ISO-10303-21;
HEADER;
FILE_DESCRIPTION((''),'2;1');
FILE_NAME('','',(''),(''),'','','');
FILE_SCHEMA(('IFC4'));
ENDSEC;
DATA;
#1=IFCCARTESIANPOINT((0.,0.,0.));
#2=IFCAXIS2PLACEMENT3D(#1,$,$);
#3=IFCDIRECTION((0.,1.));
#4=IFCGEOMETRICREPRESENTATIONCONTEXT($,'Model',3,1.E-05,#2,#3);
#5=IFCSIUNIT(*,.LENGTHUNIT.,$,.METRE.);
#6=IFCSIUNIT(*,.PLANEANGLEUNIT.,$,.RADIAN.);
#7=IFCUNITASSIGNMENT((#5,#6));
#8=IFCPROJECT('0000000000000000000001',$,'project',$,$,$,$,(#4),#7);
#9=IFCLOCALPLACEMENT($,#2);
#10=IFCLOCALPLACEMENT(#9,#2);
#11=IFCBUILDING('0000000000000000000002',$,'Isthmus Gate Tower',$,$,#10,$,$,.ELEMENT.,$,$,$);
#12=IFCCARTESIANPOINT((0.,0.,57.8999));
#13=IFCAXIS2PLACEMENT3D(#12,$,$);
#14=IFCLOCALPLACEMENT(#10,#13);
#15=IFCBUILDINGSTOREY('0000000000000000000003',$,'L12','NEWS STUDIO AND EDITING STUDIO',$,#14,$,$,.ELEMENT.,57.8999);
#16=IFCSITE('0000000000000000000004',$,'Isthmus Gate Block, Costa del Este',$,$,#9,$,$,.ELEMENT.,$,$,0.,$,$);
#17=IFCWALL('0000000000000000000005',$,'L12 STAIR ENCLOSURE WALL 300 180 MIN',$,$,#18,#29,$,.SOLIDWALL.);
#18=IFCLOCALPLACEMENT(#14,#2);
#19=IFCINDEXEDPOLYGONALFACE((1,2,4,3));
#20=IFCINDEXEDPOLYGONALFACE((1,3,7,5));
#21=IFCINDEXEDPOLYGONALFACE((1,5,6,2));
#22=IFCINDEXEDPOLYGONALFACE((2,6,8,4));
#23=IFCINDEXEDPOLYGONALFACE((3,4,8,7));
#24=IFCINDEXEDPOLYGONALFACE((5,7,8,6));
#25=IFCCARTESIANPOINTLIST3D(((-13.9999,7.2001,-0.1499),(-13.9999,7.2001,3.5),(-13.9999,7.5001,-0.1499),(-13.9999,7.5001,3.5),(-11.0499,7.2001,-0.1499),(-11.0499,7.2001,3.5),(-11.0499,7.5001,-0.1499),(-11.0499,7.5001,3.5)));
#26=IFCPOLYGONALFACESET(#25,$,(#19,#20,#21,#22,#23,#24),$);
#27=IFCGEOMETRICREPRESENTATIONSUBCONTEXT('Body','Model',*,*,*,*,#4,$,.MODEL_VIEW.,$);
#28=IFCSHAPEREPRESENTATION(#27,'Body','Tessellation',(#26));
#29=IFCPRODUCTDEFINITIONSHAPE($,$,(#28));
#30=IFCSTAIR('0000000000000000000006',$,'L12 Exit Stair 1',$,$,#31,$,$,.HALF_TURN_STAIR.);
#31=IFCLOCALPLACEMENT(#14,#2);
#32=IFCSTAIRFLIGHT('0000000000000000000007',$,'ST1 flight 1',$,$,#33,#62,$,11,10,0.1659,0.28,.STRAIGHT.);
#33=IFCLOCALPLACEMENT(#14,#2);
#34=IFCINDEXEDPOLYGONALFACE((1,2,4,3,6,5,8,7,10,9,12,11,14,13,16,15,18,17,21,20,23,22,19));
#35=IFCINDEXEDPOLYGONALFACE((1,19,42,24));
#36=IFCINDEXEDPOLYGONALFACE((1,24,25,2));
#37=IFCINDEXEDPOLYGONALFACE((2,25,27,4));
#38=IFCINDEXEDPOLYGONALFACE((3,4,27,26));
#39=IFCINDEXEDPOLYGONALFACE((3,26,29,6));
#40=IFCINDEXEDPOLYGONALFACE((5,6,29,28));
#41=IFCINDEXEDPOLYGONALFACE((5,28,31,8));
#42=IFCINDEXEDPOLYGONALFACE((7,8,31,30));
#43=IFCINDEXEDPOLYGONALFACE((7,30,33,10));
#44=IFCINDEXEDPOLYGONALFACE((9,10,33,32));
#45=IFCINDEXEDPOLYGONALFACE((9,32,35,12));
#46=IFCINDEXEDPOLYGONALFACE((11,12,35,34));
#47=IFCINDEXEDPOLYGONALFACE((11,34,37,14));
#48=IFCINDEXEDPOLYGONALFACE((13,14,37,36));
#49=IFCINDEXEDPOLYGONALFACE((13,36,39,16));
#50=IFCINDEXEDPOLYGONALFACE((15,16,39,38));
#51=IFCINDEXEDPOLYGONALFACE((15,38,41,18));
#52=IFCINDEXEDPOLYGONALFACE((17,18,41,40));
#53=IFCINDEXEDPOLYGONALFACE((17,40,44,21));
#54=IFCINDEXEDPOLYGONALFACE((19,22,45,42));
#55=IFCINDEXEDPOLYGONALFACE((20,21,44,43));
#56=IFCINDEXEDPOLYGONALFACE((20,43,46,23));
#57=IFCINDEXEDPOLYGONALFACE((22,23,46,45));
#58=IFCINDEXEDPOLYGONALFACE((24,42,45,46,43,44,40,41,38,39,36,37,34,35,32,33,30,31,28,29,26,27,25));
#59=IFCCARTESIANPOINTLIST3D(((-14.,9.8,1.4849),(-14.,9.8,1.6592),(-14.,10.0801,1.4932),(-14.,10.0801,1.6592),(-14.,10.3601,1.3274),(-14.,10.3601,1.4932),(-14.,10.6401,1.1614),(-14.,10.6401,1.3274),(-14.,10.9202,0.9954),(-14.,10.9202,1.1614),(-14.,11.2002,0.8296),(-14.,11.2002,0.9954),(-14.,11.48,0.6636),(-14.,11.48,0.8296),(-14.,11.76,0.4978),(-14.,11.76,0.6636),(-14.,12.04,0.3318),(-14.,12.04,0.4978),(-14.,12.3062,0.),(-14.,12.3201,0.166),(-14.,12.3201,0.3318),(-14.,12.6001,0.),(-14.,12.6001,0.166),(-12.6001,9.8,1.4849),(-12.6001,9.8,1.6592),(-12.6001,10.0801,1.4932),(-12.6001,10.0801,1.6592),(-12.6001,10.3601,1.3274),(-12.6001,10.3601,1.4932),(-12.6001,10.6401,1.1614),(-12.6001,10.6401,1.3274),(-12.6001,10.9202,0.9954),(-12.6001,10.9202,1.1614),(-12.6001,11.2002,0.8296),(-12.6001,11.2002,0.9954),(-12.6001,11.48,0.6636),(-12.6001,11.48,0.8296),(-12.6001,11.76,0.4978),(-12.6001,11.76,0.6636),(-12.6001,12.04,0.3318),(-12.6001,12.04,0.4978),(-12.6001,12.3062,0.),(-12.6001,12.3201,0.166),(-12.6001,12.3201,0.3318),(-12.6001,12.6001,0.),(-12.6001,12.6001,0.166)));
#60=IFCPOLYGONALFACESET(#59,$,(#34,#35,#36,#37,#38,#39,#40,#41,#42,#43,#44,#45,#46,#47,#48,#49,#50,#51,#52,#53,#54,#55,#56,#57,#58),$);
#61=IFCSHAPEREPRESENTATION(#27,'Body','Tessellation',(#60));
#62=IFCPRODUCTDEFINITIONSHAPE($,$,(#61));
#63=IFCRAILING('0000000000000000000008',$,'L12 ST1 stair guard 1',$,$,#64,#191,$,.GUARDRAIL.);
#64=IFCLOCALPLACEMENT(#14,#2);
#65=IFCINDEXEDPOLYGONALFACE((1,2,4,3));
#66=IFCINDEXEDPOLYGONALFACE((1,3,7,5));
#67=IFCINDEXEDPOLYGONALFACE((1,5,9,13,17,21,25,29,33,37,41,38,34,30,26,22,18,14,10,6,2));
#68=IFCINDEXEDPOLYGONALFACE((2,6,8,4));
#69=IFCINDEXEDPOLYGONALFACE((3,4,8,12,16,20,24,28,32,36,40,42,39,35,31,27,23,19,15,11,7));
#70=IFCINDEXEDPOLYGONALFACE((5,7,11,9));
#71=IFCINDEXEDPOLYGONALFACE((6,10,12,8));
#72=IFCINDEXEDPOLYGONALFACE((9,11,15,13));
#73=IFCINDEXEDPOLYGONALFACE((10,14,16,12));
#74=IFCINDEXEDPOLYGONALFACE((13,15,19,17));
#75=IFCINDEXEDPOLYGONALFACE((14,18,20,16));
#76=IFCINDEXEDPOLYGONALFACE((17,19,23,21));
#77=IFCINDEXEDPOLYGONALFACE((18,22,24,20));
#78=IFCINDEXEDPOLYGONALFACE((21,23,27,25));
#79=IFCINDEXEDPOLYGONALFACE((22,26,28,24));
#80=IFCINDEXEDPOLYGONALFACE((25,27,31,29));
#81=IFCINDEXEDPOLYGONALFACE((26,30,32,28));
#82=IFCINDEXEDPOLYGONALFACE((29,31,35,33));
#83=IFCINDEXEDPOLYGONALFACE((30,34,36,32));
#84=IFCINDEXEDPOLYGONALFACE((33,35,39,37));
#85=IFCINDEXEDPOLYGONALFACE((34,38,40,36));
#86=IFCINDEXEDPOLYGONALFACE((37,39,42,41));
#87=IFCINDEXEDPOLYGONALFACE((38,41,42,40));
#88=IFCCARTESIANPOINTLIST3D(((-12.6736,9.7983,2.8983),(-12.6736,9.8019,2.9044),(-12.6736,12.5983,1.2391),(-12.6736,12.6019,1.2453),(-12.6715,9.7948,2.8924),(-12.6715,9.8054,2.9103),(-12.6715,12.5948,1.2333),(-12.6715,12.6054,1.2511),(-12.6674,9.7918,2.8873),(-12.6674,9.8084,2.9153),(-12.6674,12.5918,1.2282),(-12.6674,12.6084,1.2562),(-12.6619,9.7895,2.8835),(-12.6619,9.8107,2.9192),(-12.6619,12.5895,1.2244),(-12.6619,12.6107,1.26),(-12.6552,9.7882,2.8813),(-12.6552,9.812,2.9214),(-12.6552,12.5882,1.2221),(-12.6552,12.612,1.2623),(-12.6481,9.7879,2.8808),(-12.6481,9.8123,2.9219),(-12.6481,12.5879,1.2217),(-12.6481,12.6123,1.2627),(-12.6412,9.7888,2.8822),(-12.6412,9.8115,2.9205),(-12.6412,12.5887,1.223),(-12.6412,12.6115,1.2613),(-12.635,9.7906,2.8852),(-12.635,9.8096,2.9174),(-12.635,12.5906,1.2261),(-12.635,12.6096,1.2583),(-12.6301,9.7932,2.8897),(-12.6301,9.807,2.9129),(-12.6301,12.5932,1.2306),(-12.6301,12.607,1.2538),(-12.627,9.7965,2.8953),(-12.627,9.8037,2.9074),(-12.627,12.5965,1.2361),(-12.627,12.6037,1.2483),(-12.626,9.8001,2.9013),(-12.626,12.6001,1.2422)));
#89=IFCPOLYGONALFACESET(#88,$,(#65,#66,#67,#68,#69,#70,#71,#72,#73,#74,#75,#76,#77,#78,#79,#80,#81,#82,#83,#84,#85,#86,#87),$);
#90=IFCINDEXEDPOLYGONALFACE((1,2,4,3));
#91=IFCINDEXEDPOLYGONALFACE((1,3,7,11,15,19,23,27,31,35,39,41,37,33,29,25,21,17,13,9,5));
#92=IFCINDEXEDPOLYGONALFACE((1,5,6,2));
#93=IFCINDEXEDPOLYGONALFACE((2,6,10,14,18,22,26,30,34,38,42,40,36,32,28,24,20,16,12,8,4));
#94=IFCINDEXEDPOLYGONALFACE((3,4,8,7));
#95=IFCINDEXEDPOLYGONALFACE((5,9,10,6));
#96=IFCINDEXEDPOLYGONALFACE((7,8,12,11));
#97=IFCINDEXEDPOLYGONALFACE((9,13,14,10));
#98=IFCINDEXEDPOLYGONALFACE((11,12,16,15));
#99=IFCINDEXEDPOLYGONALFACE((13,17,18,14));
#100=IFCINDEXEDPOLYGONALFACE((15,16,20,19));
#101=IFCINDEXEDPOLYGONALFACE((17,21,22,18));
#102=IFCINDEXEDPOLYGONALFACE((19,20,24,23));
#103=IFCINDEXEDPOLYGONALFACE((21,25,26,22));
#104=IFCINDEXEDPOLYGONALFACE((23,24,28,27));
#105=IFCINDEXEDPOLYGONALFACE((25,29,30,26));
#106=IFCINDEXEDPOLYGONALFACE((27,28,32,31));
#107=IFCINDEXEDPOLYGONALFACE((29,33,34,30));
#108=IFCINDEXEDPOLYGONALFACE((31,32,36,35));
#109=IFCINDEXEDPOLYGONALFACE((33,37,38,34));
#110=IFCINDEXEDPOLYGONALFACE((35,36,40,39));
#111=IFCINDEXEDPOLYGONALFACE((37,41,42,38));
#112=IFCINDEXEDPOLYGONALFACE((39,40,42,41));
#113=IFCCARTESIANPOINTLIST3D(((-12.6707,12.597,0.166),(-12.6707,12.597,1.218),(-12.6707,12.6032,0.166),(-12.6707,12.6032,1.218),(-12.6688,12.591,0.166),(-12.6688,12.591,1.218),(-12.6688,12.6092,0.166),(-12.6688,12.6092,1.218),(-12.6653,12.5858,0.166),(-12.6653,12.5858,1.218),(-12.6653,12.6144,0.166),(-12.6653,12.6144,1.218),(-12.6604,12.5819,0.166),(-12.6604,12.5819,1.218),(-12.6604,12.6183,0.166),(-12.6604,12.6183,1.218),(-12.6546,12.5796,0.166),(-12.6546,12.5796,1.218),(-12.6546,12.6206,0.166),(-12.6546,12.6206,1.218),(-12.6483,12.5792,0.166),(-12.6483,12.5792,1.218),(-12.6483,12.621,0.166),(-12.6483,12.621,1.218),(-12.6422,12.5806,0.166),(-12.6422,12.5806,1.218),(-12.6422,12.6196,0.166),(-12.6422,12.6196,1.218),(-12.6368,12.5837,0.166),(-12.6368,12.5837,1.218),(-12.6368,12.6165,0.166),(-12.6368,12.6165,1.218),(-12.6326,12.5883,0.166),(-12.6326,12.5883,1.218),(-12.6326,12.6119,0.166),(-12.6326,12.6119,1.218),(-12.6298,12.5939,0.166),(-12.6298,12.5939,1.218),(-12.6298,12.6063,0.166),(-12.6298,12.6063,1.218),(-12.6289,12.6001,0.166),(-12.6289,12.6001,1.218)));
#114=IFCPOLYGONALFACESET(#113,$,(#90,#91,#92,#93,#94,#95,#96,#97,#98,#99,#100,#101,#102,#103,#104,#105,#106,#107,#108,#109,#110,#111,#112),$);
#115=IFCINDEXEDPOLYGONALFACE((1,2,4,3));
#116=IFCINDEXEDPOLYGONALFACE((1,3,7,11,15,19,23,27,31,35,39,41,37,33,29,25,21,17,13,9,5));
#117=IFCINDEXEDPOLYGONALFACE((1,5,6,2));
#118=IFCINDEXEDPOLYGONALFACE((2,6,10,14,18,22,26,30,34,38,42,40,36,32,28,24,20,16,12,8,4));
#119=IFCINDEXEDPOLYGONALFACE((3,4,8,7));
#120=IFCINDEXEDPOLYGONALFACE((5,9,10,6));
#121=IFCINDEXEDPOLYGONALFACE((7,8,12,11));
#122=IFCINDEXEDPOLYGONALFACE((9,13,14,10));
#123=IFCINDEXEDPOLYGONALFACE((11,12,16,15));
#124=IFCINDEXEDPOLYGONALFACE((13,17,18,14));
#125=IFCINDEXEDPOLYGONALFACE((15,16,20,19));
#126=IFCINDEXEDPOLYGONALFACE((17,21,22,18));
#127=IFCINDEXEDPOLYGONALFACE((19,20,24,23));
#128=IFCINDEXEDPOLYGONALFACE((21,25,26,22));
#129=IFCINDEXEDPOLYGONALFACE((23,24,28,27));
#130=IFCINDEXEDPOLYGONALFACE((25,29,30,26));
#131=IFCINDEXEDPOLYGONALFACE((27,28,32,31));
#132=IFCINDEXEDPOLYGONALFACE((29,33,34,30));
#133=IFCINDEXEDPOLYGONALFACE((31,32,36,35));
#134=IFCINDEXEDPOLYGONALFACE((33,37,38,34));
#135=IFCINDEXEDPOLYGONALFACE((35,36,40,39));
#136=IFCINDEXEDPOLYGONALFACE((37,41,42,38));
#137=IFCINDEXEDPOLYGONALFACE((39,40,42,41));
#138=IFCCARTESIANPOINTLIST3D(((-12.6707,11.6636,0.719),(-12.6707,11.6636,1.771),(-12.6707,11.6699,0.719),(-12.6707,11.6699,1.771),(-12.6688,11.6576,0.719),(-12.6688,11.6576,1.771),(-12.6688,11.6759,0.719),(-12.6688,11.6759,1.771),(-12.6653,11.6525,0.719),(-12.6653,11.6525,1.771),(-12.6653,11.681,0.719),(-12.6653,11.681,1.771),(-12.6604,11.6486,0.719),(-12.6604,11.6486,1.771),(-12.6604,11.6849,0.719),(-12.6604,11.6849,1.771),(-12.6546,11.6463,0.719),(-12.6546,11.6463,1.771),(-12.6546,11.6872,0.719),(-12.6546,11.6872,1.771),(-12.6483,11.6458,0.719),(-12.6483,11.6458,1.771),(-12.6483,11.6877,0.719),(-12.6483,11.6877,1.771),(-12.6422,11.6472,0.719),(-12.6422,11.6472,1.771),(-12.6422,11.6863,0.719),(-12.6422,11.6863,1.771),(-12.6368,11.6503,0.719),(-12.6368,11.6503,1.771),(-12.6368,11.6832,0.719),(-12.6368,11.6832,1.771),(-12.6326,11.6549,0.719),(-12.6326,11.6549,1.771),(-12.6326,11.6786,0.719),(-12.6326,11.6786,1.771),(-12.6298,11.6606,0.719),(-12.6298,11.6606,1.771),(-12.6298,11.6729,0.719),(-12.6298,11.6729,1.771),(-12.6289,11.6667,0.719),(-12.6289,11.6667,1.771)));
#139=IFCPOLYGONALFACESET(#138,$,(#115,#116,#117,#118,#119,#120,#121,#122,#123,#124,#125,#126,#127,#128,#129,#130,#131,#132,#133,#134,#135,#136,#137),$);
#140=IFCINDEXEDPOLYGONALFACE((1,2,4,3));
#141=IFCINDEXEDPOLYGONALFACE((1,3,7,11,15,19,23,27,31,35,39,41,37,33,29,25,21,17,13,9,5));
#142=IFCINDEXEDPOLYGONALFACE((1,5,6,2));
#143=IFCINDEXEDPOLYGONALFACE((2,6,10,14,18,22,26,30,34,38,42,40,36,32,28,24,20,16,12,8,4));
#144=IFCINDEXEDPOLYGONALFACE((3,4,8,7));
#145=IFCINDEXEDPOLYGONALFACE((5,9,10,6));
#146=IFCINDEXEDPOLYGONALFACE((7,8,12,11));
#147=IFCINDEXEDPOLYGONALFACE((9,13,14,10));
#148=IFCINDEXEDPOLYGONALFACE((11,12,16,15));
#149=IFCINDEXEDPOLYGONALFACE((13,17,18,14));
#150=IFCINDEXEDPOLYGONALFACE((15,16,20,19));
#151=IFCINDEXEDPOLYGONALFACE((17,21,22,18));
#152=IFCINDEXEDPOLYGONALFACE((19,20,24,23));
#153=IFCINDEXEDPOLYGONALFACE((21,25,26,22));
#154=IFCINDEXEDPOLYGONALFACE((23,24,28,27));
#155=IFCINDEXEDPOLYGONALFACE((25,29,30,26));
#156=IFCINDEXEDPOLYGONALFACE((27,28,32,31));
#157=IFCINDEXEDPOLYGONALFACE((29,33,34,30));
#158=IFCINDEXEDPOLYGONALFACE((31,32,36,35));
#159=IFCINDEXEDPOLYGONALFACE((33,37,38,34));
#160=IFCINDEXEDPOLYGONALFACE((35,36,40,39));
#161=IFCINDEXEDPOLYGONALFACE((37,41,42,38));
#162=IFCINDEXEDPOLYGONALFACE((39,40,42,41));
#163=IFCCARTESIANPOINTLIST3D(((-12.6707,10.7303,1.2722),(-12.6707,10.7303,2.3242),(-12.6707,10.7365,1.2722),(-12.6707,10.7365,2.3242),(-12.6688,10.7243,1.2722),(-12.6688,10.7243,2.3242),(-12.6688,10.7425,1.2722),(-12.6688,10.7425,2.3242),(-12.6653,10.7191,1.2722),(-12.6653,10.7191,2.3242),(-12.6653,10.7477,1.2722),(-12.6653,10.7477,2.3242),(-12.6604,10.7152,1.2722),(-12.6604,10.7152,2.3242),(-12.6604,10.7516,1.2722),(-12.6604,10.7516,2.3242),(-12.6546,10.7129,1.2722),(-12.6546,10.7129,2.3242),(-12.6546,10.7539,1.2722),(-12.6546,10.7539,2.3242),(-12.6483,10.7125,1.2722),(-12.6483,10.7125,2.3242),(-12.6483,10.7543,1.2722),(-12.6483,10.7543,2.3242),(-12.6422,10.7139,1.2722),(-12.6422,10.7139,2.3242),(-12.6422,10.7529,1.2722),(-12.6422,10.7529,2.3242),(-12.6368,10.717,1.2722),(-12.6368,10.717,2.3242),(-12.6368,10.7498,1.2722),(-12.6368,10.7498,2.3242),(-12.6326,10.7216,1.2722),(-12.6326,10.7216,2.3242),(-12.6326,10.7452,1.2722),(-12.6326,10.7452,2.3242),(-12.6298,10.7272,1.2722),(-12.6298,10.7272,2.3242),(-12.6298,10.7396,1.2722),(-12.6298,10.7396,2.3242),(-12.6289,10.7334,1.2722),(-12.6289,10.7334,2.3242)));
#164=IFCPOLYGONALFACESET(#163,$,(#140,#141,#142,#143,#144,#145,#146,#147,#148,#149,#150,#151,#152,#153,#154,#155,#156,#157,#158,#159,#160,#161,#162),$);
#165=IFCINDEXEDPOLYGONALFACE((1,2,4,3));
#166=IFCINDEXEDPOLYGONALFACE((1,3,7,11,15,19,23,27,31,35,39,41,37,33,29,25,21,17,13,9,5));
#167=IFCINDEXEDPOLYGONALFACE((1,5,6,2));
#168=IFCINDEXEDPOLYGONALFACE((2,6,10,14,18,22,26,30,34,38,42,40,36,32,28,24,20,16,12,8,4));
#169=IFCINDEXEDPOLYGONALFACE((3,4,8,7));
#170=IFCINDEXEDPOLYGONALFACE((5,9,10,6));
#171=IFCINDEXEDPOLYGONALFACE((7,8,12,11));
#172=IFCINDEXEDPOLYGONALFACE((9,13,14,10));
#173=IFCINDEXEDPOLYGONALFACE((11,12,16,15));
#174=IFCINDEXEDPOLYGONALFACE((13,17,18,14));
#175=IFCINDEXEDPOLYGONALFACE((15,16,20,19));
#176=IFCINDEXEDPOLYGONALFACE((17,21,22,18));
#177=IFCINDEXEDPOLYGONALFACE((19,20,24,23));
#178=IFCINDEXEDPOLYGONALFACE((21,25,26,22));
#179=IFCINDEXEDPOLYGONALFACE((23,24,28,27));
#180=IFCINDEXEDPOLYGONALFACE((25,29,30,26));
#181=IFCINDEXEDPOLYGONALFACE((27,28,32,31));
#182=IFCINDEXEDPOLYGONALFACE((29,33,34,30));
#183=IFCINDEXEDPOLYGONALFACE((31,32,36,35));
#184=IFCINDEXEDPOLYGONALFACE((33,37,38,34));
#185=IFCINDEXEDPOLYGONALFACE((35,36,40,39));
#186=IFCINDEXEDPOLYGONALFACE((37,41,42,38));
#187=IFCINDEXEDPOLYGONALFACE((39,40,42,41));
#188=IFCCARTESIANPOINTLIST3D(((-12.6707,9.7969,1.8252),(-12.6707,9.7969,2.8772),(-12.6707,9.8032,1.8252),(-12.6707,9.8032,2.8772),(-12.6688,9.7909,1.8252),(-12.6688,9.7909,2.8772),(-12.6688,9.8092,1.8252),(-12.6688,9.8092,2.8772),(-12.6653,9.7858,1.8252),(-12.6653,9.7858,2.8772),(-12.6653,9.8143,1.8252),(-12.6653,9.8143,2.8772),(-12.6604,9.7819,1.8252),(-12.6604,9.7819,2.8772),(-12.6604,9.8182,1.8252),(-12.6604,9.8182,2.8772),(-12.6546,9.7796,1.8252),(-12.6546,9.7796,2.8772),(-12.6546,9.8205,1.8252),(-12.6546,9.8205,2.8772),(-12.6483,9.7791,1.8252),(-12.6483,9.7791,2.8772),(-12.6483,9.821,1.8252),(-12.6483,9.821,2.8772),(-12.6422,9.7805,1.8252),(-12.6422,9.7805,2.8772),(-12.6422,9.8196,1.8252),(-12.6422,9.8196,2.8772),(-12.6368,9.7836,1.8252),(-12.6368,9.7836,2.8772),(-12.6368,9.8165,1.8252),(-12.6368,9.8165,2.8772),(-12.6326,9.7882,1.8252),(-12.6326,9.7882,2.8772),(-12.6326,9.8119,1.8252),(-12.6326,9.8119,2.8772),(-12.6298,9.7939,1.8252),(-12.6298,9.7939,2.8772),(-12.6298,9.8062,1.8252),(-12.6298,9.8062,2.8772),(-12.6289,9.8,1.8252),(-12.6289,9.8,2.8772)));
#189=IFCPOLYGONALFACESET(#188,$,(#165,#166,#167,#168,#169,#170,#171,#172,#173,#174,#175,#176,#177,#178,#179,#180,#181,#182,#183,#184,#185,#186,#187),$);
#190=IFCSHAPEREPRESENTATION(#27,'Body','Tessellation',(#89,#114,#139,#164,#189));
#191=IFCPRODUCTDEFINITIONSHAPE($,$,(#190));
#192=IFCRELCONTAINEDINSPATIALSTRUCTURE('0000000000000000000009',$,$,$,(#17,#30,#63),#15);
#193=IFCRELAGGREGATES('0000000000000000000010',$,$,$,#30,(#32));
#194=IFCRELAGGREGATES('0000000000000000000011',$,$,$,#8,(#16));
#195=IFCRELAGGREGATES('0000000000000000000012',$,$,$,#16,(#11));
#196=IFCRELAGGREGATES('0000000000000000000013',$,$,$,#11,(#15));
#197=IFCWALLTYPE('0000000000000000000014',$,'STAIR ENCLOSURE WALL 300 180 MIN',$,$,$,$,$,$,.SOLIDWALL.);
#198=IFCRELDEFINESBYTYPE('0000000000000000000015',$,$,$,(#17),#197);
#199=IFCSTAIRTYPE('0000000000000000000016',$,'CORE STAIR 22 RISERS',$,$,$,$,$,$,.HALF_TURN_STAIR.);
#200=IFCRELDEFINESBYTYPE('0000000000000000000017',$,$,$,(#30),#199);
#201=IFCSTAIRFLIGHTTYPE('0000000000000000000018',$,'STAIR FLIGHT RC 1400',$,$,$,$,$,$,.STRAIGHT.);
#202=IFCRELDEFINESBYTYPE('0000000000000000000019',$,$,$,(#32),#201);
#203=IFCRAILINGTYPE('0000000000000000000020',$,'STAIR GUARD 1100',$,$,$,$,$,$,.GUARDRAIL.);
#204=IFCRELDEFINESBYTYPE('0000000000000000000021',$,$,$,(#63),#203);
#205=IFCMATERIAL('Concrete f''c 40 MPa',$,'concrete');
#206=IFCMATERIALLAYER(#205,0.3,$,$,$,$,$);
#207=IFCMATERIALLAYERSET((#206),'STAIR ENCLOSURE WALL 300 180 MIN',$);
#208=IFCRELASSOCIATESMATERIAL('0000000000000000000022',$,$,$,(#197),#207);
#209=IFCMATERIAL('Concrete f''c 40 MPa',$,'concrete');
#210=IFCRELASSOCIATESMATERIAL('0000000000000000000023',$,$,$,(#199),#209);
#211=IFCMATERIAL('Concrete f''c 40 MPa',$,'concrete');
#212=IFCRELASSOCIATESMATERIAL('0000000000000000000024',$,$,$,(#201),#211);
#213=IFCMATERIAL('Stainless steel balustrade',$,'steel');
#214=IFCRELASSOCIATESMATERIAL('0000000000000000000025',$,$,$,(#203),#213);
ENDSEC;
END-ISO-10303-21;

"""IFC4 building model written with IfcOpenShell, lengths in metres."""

from ifc_helpers import new_model, si_unit, direction, frame, frame_2d, origin, origin_2d, place, context, subcontext, project, spatial, polyline, rectangle, circle, outline, extrude, material, layer, layer_set, type_object, element, aggregate, save


model = new_model("IFC4")

# Units and contexts
model_context = context("Model", 3, precision=1e-05, world=origin(), true_north=direction((0.0, 1.0)))
body_context = subcontext(model_context, "Body", "Model", "MODEL_VIEW")
ifc_project = project(units=[si_unit("LENGTHUNIT", "METRE"), si_unit("PLANEANGLEUNIT", "RADIAN")], contexts=[model_context])

# Site, building, storey
site_placement = place(None, origin())
site = spatial("IfcSite", under=ifc_project, at=site_placement, Name="Isthmus Gate Block, Costa del Este", CompositionType="ELEMENT", RefElevation=0.0)
building_placement = place(site_placement, origin())
building = spatial("IfcBuilding", under=site, at=building_placement, Name="Isthmus Gate Tower", CompositionType="ELEMENT")
storey_placement = place(building_placement, frame((0.0, 0.0, 57.8999)))
storey = spatial("IfcBuildingStorey", under=building, at=storey_placement, Name="L12", Description="NEWS STUDIO AND EDITING STUDIO", CompositionType="ELEMENT", Elevation=57.8999)

# Wall
ifc_material_1 = material(Name="Concrete f'c 40 MPa", Category="concrete")
ifc_layer_1 = layer(ifc_material_1, 0.3)
ifc_layer_set_1 = layer_set([ifc_layer_1], Name="STAIR ENCLOSURE WALL 300 180 MIN")
wall_type_1 = type_object("IfcWallType", Name="STAIR ENCLOSURE WALL 300 180 MIN", PredefinedType="SOLIDWALL", material=ifc_layer_set_1)
wall_1_placement = place(storey_placement, frame((-14.0, 7.3501, -0.1499), z_axis=(0.0, 0.0, 1.0), x_axis=(1.0, 0.0, 0.0)))
element("IfcWall", 1, at=wall_1_placement, inside=storey, type_object=wall_type_1, Name="L12 STAIR ENCLOSURE WALL 300 180 MIN", PredefinedType="SOLIDWALL", context=body_context, shape_type="SweptSolid", body=[
    extrude(rectangle(XDim=2.95, YDim=0.3, at=frame_2d((1.4751, 0.0))), origin(), (0.0, 0.0, 1.0), 3.6499),
])

# Stair, stair flight
ifc_material_2 = material(Name="Concrete f'c 40 MPa", Category="concrete")
stair_type = type_object("IfcStairType", Name="CORE STAIR 22 RISERS", PredefinedType="HALF_TURN_STAIR", material=ifc_material_2)
stair_placement = place(storey_placement, origin())
stair = element("IfcStair", 2, at=stair_placement, inside=storey, type_object=stair_type, Name="L12 Exit Stair 1", PredefinedType="HALF_TURN_STAIR")
ifc_material_3 = material(Name="Concrete f'c 40 MPa", Category="concrete")
stair_flight_type = type_object("IfcStairFlightType", Name="STAIR FLIGHT RC 1400", PredefinedType="STRAIGHT", material=ifc_material_3)
stair_flight_placement = place(storey_placement, frame((-13.3, 12.6001, 0.0), z_axis=(0.0, 0.0, 1.0), x_axis=(0.0, -1.0, 0.0)))
stair_flight = element("IfcStairFlight", 3, at=stair_flight_placement, type_object=stair_flight_type, Name="ST1 flight 1", NumberOfRisers=11, NumberOfTreads=10, PredefinedType="STRAIGHT", RiserHeight=0.1659, TreadLength=0.28, context=body_context, shape_type="SweptSolid", body=[
    extrude(outline(polyline([(0.0, 0.0), (0.0, 0.166), (0.28, 0.166), (0.28, 0.3318), (0.5601, 0.3318), (0.5601, 0.4978), (0.8401, 0.4978), (0.8401, 0.6636), (1.1201, 0.6636), (1.1201, 0.8296), (1.3999, 0.8296), (1.3999, 0.9954), (1.6799, 0.9954), (1.6799, 1.1614), (1.96, 1.1614), (1.96, 1.3274), (2.24, 1.3274), (2.24, 1.4932), (2.52, 1.4932), (2.52, 1.6592), (2.8, 1.6592), (2.8, 1.825), (2.8, 1.4849), (0.2939, 0.0), (0.0, 0.0)])), frame((0.0, 0.7, 0.0), z_axis=(0.0, -1.0, 0.0), x_axis=(1.0, 0.0, 0.0)), (0.0, 0.0, 1.0), 1.3999),
])
aggregate(stair, [stair_flight])

# Railing
ifc_material_4 = material(Name="Stainless steel balustrade", Category="steel")
railing_type_1 = type_object("IfcRailingType", Name="STAIR GUARD 1100", PredefinedType="GUARDRAIL", material=ifc_material_4)
railing_1_placement = place(storey_placement, frame((-12.6499, 12.6001, 0.166)))
element("IfcRailing", 4, at=railing_1_placement, inside=storey, type_object=railing_type_1, Name="L12 ST1 stair guard 1", PredefinedType="GUARDRAIL", context=body_context, shape_type="SweptSolid", body=[
    extrude(circle(Radius=0.0239, at=origin_2d()), frame((0.0, 0.0, 1.0762), z_axis=(0.0, -0.860306, 0.509778), x_axis=(1.0, 0.0, 0.0)), (0.0, 0.0, 1.0), 3.2546),
    extrude(circle(Radius=0.021, at=origin_2d()), origin(), (0.0, 0.0, 1.0), 1.052),
    extrude(circle(Radius=0.021, at=origin_2d()), frame((0.0, -0.9333, 0.553)), (0.0, 0.0, 1.0), 1.052),
    extrude(circle(Radius=0.021, at=origin_2d()), frame((0.0, -1.8667, 1.1062)), (0.0, 0.0, 1.0), 1.052),
    extrude(circle(Radius=0.021, at=origin_2d()), frame((0.0, -2.8, 1.6592)), (0.0, 0.0, 1.0), 1.052),
])

save(model, "model.ifc")
